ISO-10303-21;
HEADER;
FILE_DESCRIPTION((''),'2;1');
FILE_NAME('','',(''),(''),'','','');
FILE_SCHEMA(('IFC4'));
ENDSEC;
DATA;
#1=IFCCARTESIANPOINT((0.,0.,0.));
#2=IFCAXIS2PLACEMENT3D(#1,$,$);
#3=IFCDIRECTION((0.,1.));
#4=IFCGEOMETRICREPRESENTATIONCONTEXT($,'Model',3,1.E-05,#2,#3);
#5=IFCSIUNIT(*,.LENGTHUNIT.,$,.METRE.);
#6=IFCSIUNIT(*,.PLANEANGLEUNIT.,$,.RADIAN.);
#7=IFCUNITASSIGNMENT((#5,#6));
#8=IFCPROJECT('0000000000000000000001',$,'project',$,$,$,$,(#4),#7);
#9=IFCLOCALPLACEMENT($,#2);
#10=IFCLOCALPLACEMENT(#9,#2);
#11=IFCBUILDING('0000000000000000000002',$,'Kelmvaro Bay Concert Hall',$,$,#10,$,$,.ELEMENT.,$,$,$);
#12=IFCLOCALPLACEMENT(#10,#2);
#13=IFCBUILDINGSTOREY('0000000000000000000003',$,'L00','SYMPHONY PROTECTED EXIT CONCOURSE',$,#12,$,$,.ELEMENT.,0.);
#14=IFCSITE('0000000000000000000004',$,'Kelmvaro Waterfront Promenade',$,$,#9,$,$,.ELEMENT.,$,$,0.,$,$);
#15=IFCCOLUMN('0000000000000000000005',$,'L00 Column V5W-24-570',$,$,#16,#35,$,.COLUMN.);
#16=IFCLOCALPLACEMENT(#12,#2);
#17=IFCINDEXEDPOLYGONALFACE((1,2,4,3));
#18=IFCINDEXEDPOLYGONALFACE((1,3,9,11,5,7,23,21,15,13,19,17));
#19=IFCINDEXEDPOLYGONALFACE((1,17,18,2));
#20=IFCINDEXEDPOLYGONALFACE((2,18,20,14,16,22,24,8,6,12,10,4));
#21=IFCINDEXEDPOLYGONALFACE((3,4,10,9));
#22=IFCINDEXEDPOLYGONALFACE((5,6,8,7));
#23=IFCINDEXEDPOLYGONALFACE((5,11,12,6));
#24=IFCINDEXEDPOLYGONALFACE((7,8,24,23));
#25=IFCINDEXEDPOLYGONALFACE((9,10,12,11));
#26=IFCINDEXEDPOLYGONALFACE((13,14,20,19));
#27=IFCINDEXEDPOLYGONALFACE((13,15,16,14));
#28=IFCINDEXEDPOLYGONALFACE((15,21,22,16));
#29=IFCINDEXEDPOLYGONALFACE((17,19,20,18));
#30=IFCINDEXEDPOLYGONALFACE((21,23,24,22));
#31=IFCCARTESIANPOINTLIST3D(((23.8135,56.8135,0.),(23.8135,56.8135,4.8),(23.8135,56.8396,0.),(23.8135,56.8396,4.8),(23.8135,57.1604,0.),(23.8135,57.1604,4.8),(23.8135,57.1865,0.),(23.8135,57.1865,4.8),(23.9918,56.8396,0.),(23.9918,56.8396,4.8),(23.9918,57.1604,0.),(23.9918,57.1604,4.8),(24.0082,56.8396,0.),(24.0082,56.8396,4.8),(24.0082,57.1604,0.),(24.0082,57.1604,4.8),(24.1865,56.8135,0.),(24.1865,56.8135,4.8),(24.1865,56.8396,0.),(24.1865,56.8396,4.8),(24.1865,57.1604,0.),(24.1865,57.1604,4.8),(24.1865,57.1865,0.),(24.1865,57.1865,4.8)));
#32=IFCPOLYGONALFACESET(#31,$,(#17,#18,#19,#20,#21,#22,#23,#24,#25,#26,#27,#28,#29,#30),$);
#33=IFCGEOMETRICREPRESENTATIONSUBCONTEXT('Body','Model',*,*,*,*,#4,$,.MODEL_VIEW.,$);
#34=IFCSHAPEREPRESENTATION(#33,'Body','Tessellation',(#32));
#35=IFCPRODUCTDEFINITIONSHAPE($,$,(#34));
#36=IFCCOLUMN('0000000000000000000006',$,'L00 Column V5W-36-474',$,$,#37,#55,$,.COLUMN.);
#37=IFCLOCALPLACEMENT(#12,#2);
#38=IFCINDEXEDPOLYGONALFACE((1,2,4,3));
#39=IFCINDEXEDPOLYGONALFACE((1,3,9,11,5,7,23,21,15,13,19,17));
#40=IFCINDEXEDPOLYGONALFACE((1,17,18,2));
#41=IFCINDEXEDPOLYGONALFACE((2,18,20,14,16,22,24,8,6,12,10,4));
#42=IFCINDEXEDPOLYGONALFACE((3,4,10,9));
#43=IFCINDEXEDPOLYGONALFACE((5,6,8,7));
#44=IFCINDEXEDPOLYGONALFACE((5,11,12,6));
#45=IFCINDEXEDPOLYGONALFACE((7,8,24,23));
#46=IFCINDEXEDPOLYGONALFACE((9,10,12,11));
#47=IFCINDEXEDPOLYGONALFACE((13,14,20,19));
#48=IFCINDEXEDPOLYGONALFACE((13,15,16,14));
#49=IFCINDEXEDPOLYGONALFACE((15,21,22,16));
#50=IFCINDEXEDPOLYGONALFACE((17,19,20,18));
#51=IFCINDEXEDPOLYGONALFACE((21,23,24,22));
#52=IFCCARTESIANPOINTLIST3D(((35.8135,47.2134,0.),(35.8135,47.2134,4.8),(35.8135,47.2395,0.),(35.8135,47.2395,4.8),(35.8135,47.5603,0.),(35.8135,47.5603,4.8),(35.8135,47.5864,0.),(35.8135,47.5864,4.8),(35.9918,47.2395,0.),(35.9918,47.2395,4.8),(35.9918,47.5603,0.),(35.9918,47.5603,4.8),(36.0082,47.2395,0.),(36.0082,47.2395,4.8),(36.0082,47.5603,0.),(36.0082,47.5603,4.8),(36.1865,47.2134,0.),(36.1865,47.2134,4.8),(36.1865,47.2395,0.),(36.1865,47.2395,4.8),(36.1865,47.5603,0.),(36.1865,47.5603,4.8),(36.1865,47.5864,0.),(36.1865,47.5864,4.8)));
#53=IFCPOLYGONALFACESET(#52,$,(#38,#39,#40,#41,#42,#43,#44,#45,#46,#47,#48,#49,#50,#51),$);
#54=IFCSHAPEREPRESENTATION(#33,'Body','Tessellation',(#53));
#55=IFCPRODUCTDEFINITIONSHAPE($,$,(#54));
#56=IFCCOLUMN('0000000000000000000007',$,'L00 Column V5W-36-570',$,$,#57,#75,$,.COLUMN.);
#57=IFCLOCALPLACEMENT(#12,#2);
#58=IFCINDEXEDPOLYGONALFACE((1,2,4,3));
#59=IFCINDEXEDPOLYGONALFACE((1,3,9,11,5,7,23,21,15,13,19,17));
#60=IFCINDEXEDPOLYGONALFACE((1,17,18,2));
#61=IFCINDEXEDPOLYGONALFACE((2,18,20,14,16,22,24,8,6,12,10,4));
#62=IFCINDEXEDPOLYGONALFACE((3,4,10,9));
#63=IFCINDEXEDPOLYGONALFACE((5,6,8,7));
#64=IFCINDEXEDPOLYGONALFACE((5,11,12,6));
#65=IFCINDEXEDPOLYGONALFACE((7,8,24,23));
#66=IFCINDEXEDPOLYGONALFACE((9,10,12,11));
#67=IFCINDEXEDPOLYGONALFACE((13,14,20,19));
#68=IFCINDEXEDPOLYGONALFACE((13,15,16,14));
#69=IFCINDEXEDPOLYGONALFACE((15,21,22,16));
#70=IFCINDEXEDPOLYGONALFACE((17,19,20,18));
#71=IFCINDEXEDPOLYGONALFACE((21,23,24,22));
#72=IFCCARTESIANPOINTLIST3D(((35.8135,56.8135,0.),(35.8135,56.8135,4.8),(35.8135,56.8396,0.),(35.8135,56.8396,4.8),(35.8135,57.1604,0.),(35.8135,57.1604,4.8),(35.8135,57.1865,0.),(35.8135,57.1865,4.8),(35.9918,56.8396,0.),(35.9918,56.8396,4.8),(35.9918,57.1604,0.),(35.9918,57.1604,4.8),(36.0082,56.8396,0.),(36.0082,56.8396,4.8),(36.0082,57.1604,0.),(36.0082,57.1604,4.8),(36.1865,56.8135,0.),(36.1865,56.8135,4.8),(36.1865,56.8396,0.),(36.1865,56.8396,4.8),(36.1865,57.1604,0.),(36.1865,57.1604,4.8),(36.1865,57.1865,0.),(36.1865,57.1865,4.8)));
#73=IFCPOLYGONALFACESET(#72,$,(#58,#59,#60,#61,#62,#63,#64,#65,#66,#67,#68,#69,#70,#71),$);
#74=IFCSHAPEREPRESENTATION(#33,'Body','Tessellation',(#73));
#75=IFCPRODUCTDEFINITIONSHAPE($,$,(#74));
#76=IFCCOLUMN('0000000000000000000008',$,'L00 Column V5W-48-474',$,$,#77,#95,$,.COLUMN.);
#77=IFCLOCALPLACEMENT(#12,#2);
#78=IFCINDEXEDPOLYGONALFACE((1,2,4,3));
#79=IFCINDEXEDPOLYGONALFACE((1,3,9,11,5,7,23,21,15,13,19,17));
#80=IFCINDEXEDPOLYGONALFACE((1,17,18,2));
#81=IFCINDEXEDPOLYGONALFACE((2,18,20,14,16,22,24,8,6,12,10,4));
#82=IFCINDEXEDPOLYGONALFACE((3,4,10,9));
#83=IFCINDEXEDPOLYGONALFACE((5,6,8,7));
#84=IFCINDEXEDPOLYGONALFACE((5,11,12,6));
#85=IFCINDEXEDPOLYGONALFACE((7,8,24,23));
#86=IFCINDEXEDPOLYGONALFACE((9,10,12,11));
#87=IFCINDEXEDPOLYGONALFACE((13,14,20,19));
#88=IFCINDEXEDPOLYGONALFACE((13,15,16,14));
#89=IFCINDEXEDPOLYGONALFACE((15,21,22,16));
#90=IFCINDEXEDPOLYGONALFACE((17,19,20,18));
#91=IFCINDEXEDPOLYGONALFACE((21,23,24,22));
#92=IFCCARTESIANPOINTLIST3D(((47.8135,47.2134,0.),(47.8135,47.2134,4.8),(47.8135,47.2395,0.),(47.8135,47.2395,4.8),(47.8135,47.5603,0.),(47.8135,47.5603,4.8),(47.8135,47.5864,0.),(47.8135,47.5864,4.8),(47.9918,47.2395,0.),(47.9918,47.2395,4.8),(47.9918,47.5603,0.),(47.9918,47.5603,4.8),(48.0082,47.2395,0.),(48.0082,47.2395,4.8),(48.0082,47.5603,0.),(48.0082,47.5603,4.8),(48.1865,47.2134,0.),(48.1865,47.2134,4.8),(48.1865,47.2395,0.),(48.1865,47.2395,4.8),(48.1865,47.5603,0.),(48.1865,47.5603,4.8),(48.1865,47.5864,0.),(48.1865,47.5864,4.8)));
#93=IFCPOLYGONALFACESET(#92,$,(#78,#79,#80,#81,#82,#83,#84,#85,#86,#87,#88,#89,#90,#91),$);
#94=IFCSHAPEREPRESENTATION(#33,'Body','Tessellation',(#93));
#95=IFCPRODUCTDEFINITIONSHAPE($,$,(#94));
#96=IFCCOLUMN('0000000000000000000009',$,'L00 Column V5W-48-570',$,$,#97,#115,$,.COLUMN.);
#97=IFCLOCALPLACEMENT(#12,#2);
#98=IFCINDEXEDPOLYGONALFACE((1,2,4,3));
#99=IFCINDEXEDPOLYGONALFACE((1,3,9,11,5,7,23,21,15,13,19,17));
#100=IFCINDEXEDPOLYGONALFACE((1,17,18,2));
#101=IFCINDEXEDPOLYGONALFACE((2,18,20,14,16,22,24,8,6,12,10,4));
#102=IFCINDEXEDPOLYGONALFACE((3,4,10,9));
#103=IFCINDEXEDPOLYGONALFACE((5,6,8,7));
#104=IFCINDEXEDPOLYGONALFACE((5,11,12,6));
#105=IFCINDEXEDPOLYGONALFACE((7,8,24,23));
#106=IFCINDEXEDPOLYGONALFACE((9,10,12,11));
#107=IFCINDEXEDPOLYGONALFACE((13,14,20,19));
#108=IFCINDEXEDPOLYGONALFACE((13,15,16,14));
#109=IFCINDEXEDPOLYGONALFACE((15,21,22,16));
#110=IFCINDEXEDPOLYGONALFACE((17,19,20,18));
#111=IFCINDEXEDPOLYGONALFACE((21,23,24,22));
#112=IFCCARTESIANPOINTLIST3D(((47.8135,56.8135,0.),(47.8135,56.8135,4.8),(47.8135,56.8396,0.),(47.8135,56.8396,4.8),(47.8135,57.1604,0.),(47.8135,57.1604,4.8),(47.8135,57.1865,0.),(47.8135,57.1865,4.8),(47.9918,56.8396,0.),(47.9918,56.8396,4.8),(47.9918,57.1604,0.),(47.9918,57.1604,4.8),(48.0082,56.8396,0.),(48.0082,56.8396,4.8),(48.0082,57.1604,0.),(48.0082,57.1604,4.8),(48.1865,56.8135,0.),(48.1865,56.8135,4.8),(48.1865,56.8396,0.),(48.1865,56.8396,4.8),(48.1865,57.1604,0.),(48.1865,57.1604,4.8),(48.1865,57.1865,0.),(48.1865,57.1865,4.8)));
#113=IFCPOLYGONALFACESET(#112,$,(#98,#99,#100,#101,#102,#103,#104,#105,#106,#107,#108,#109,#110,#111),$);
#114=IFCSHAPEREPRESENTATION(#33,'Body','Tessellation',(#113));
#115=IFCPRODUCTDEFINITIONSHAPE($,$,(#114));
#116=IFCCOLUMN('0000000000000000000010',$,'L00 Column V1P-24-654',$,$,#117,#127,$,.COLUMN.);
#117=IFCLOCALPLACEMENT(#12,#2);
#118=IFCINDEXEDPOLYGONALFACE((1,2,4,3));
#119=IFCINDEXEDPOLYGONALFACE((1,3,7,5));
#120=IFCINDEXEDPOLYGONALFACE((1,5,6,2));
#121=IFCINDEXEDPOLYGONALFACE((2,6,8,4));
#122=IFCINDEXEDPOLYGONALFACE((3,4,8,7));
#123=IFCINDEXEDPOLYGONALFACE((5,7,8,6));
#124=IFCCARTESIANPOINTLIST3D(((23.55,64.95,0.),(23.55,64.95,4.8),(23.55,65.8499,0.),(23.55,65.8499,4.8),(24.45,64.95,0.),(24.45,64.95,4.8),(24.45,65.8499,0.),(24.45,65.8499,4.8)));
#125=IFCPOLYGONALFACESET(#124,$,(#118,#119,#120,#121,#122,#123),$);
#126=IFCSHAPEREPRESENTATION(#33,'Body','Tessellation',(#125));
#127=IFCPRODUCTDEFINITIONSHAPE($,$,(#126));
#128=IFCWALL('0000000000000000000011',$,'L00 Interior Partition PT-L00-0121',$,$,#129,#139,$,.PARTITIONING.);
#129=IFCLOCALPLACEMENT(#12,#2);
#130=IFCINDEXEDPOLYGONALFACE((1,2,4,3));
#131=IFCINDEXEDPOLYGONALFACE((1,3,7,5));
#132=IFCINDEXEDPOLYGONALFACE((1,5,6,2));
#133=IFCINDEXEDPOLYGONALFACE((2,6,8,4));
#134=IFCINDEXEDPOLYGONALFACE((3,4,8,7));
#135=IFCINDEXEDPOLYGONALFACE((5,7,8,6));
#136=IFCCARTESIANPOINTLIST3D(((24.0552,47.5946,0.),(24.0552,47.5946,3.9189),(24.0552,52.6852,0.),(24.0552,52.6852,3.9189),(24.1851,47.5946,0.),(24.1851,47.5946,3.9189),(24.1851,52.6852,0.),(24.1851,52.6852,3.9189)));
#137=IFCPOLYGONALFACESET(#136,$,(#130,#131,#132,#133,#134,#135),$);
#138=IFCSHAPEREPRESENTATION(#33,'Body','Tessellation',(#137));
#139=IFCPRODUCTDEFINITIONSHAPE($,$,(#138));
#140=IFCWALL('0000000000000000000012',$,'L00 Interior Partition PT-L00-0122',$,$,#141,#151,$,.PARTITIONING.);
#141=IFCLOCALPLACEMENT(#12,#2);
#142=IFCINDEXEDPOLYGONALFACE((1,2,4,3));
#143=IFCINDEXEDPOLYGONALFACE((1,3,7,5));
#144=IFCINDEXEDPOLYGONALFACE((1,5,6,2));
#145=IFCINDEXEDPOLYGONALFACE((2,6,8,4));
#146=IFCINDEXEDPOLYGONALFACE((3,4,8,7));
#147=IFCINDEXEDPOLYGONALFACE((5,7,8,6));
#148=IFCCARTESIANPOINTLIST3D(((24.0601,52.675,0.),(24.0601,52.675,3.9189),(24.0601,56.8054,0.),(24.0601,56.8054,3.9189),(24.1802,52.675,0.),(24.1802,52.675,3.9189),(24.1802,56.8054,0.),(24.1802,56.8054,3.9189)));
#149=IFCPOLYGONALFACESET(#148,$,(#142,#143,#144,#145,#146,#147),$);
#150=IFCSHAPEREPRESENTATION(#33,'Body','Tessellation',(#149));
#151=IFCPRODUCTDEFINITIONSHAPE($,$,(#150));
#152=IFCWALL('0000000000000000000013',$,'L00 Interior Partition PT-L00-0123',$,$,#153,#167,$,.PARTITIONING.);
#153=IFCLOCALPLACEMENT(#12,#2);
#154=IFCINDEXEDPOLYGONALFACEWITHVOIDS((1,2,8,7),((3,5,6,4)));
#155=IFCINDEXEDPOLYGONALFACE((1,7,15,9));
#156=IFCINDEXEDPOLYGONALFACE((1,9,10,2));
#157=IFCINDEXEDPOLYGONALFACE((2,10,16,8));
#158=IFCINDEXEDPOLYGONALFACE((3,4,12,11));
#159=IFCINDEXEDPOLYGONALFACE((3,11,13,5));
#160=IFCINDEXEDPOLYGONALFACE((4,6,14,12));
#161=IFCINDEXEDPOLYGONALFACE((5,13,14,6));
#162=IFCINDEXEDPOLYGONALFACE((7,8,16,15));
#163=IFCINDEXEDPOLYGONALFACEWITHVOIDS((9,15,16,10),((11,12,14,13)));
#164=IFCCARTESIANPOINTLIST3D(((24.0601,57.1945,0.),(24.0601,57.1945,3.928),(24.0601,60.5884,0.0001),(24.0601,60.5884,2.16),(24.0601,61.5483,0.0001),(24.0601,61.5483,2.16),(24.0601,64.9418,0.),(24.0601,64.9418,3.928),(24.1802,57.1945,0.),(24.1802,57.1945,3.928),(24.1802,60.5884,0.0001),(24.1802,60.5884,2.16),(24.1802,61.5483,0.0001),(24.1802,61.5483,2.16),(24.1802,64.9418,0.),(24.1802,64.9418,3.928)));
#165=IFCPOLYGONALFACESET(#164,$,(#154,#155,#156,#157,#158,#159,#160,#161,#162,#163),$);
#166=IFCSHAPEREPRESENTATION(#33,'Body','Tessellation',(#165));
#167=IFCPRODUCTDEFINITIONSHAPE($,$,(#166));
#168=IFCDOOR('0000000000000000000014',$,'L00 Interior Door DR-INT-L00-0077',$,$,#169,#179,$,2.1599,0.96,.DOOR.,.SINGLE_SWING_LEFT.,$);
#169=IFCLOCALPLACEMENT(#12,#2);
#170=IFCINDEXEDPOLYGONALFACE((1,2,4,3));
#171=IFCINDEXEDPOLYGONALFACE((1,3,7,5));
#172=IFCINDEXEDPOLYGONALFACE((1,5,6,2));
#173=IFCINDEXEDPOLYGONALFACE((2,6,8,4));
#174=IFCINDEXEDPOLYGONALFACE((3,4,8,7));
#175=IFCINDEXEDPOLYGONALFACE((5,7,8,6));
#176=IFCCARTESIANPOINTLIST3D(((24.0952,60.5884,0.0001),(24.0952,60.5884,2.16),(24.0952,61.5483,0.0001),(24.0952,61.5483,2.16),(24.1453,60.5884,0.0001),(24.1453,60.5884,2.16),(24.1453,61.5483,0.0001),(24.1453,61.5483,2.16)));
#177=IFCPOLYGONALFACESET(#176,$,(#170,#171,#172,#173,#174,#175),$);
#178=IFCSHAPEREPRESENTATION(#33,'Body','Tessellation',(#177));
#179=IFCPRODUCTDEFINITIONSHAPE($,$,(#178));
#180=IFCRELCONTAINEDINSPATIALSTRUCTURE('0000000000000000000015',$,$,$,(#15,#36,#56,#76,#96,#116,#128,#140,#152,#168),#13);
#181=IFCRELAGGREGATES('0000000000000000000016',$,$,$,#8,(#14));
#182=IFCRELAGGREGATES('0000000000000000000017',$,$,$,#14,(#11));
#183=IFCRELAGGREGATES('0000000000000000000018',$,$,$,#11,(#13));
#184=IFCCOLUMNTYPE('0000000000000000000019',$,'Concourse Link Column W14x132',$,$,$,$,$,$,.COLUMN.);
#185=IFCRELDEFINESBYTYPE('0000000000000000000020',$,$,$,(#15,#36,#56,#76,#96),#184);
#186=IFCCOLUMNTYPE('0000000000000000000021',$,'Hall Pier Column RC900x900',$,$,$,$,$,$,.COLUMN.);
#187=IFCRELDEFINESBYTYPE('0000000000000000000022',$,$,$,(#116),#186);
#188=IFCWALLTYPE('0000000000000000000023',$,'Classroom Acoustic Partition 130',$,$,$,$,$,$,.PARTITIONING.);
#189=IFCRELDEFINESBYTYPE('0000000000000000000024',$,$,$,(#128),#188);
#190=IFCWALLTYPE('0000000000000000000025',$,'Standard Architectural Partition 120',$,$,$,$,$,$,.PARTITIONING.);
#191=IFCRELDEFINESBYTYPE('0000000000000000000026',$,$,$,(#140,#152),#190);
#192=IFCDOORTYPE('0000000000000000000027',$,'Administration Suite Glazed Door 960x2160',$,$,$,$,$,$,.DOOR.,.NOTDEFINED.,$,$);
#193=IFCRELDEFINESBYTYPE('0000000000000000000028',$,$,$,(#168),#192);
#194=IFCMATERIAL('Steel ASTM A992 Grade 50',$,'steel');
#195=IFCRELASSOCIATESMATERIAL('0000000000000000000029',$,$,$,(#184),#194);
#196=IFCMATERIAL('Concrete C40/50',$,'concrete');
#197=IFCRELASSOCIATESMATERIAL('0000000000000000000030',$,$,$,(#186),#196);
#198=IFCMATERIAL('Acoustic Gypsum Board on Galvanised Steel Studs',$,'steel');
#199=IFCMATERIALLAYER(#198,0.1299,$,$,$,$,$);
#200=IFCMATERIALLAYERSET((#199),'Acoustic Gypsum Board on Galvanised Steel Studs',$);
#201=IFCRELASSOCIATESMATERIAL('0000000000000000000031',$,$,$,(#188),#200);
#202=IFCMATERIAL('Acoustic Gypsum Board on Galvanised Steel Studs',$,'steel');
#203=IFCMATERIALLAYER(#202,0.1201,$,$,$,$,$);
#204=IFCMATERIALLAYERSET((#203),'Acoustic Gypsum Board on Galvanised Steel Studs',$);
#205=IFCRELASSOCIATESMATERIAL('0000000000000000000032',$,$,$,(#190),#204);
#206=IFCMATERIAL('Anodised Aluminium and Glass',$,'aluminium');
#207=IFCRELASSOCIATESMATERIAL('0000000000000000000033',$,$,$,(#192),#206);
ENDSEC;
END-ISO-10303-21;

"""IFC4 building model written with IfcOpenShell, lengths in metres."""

from ifc_helpers import new_model, si_unit, direction, frame, frame_2d, origin, origin_2d, place, context, subcontext, project, spatial, rectangle, i_section, extrude, material, layer, layer_set, material_profile, profile_set, type_object, element, fill, save


model = new_model("IFC4")

# Units and contexts
model_context = context("Model", 3, precision=1e-05, world=origin(), true_north=direction((0.0, 1.0)))
body_context = subcontext(model_context, "Body", "Model", "MODEL_VIEW")
ifc_project = project(units=[si_unit("LENGTHUNIT", "METRE"), si_unit("PLANEANGLEUNIT", "RADIAN")], contexts=[model_context])

# Site, building, storey
site_placement = place(None, origin())
site = spatial("IfcSite", under=ifc_project, at=site_placement, Name="Kelmvaro Waterfront Promenade", CompositionType="ELEMENT", RefElevation=0.0)
building_placement = place(site_placement, origin())
building = spatial("IfcBuilding", under=site, at=building_placement, Name="Kelmvaro Bay Concert Hall", CompositionType="ELEMENT")
storey_placement = place(building_placement, origin())
storey = spatial("IfcBuildingStorey", under=building, at=storey_placement, Name="L00", Description="SYMPHONY PROTECTED EXIT CONCOURSE", CompositionType="ELEMENT", Elevation=0.0)

# Columns
ifc_material_1 = material(Name="Steel ASTM A992 Grade 50", Category="steel")
ifc_material_profile_1 = material_profile(ifc_material_1, i_section(OverallWidth=0.373, OverallDepth=0.373, WebThickness=0.0164, FlangeThickness=0.0261, at=origin_2d()), Name="W14X132")
ifc_profile_set_1 = profile_set([ifc_material_profile_1], Name="Steel ASTM A992 Grade 50")
column_type_1 = type_object("IfcColumnType", Name="Concourse Link Column W14x132", PredefinedType="COLUMN", material=ifc_profile_set_1)
for number, where, z_axis, x_axis, name in (
    (1, (24.0, 57.0, 0.0), (0.0, 0.0, 1.0), (1.0, 0.0, 0.0), "L00 Column V5W-24-570"),
    (2, (36.0, 47.3999, 0.0), (0.0, 0.0, 1.0), (1.0, 0.0, 0.0), "L00 Column V5W-36-474"),
    (3, (36.0, 57.0, 0.0), (0.0, 0.0, 1.0), (1.0, 0.0, 0.0), "L00 Column V5W-36-570"),
    (4, (48.0, 47.3999, 0.0), (0.0, 0.0, 1.0), (1.0, 0.0, 0.0), "L00 Column V5W-48-474"),
    (5, (48.0, 57.0, 0.0), (0.0, 0.0, 1.0), (1.0, 0.0, 0.0), "L00 Column V5W-48-570"),
):
    element("IfcColumn", number, at=place(storey_placement, frame(where, z_axis=z_axis, x_axis=x_axis)), inside=storey, type_object=column_type_1, Name=name, PredefinedType="COLUMN", context=body_context, shape_type="SweptSolid", body=[
        extrude(i_section(OverallWidth=0.373, OverallDepth=0.373, WebThickness=0.0164, FlangeThickness=0.0261, at=origin_2d()), origin(), (0.0, 0.0, 1.0), 4.8),
    ])
ifc_material_2 = material(Name="Concrete C40/50", Category="concrete")
ifc_material_profile_2 = material_profile(ifc_material_2, rectangle(XDim=0.8999, YDim=0.8999, at=origin_2d()), Name="RC-COL-900X900")
ifc_profile_set_2 = profile_set([ifc_material_profile_2], Name="Concrete C40/50")
column_type_2 = type_object("IfcColumnType", Name="Hall Pier Column RC900x900", PredefinedType="COLUMN", material=ifc_profile_set_2)
column_placement = place(storey_placement, frame((24.0, 65.3999, 0.0), z_axis=(0.0, 0.0, 1.0), x_axis=(1.0, 0.0, 0.0)))
element("IfcColumn", 6, at=column_placement, inside=storey, type_object=column_type_2, Name="L00 Column V1P-24-654", PredefinedType="COLUMN", context=body_context, shape_type="SweptSolid", body=[
    extrude(rectangle(XDim=0.8999, YDim=0.8999, at=origin_2d()), origin(), (0.0, 0.0, 1.0), 4.8),
])

# Walls
ifc_material_3 = material(Name="Acoustic Gypsum Board on Galvanised Steel Studs", Category="steel")
ifc_layer_1 = layer(ifc_material_3, 0.1299)
ifc_layer_set_1 = layer_set([ifc_layer_1], Name="Acoustic Gypsum Board on Galvanised Steel Studs")
wall_type_1 = type_object("IfcWallType", Name="Classroom Acoustic Partition 130", PredefinedType="PARTITIONING", material=ifc_layer_set_1)
wall_1_placement = place(storey_placement, frame((24.1201, 47.5945, 0.0), z_axis=(0.0, 0.0, 1.0), x_axis=(0.0, 1.0, 0.0)))
element("IfcWall", 7, at=wall_1_placement, inside=storey, type_object=wall_type_1, Name="L00 Interior Partition PT-L00-0121", PredefinedType="PARTITIONING", context=body_context, shape_type="SweptSolid", body=[
    extrude(rectangle(XDim=5.0906, YDim=0.1299, at=frame_2d((2.5454, 0.0))), origin(), (0.0, 0.0, 1.0), 3.9189),
])
ifc_material_4 = material(Name="Acoustic Gypsum Board on Galvanised Steel Studs", Category="steel")
ifc_layer_2 = layer(ifc_material_4, 0.1201)
ifc_layer_set_2 = layer_set([ifc_layer_2], Name="Acoustic Gypsum Board on Galvanised Steel Studs")
wall_type_2 = type_object("IfcWallType", Name="Standard Architectural Partition 120", PredefinedType="PARTITIONING", material=ifc_layer_set_2)
wall_2_placement = place(storey_placement, frame((24.1201, 52.675, 0.0), z_axis=(0.0, 0.0, 1.0), x_axis=(0.0, 1.0, 0.0)))
element("IfcWall", 8, at=wall_2_placement, inside=storey, type_object=wall_type_2, Name="L00 Interior Partition PT-L00-0122", PredefinedType="PARTITIONING", context=body_context, shape_type="SweptSolid", body=[
    extrude(rectangle(XDim=4.1304, YDim=0.1201, at=frame_2d((2.0652, 0.0))), origin(), (0.0, 0.0, 1.0), 3.9189),
])

# Wall, opening, door
wall_3_placement = place(storey_placement, frame((24.1201, 57.1946, 0.0), z_axis=(0.0, 0.0, 1.0), x_axis=(0.0, 1.0, 0.0)))
wall_3 = element("IfcWall", 9, at=wall_3_placement, inside=storey, type_object=wall_type_2, Name="L00 Interior Partition PT-L00-0123", PredefinedType="PARTITIONING", context=body_context, shape_type="SweptSolid", body=[
    extrude(rectangle(XDim=7.7473, YDim=0.1201, at=frame_2d((3.8735, 0.0))), origin(), (0.0, 0.0, 1.0), 3.928),
])
opening_placement = place(wall_3_placement, frame((3.3938, 0.0, 0.0)))
opening = element("IfcOpeningElement", 10, at=opening_placement, cuts=wall_3, PredefinedType="OPENING", context=body_context, shape_type="SweptSolid", body=[
    extrude(rectangle(XDim=0.96, YDim=2.1599, at=frame_2d((0.48, 1.0801))), frame((0.0, 0.0701, 0.0), z_axis=(0.0, -1.0, 0.0), x_axis=(1.0, 0.0, 0.0)), (0.0, 0.0, 1.0), 0.1401),
])
ifc_material_5 = material(Name="Anodised Aluminium and Glass", Category="aluminium")
door_type = type_object("IfcDoorType", Name="Administration Suite Glazed Door 960x2160", OperationType="NOTDEFINED", PredefinedType="DOOR", material=ifc_material_5)
door_placement = place(opening_placement, origin())
door = element("IfcDoor", 11, at=door_placement, inside=storey, type_object=door_type, Name="L00 Interior Door DR-INT-L00-0077", OperationType="SINGLE_SWING_LEFT", OverallHeight=2.1599, OverallWidth=0.96, PredefinedType="DOOR", context=body_context, shape_type="SweptSolid", body=[
    extrude(rectangle(XDim=0.96, YDim=2.1599, at=frame_2d((0.48, 1.0801))), frame((0.0, 0.0249, 0.0), z_axis=(0.0, -1.0, 0.0), x_axis=(1.0, 0.0, 0.0)), (0.0, 0.0, 1.0), 0.05),
])
fill(opening, door)

save(model, "model.ifc")
